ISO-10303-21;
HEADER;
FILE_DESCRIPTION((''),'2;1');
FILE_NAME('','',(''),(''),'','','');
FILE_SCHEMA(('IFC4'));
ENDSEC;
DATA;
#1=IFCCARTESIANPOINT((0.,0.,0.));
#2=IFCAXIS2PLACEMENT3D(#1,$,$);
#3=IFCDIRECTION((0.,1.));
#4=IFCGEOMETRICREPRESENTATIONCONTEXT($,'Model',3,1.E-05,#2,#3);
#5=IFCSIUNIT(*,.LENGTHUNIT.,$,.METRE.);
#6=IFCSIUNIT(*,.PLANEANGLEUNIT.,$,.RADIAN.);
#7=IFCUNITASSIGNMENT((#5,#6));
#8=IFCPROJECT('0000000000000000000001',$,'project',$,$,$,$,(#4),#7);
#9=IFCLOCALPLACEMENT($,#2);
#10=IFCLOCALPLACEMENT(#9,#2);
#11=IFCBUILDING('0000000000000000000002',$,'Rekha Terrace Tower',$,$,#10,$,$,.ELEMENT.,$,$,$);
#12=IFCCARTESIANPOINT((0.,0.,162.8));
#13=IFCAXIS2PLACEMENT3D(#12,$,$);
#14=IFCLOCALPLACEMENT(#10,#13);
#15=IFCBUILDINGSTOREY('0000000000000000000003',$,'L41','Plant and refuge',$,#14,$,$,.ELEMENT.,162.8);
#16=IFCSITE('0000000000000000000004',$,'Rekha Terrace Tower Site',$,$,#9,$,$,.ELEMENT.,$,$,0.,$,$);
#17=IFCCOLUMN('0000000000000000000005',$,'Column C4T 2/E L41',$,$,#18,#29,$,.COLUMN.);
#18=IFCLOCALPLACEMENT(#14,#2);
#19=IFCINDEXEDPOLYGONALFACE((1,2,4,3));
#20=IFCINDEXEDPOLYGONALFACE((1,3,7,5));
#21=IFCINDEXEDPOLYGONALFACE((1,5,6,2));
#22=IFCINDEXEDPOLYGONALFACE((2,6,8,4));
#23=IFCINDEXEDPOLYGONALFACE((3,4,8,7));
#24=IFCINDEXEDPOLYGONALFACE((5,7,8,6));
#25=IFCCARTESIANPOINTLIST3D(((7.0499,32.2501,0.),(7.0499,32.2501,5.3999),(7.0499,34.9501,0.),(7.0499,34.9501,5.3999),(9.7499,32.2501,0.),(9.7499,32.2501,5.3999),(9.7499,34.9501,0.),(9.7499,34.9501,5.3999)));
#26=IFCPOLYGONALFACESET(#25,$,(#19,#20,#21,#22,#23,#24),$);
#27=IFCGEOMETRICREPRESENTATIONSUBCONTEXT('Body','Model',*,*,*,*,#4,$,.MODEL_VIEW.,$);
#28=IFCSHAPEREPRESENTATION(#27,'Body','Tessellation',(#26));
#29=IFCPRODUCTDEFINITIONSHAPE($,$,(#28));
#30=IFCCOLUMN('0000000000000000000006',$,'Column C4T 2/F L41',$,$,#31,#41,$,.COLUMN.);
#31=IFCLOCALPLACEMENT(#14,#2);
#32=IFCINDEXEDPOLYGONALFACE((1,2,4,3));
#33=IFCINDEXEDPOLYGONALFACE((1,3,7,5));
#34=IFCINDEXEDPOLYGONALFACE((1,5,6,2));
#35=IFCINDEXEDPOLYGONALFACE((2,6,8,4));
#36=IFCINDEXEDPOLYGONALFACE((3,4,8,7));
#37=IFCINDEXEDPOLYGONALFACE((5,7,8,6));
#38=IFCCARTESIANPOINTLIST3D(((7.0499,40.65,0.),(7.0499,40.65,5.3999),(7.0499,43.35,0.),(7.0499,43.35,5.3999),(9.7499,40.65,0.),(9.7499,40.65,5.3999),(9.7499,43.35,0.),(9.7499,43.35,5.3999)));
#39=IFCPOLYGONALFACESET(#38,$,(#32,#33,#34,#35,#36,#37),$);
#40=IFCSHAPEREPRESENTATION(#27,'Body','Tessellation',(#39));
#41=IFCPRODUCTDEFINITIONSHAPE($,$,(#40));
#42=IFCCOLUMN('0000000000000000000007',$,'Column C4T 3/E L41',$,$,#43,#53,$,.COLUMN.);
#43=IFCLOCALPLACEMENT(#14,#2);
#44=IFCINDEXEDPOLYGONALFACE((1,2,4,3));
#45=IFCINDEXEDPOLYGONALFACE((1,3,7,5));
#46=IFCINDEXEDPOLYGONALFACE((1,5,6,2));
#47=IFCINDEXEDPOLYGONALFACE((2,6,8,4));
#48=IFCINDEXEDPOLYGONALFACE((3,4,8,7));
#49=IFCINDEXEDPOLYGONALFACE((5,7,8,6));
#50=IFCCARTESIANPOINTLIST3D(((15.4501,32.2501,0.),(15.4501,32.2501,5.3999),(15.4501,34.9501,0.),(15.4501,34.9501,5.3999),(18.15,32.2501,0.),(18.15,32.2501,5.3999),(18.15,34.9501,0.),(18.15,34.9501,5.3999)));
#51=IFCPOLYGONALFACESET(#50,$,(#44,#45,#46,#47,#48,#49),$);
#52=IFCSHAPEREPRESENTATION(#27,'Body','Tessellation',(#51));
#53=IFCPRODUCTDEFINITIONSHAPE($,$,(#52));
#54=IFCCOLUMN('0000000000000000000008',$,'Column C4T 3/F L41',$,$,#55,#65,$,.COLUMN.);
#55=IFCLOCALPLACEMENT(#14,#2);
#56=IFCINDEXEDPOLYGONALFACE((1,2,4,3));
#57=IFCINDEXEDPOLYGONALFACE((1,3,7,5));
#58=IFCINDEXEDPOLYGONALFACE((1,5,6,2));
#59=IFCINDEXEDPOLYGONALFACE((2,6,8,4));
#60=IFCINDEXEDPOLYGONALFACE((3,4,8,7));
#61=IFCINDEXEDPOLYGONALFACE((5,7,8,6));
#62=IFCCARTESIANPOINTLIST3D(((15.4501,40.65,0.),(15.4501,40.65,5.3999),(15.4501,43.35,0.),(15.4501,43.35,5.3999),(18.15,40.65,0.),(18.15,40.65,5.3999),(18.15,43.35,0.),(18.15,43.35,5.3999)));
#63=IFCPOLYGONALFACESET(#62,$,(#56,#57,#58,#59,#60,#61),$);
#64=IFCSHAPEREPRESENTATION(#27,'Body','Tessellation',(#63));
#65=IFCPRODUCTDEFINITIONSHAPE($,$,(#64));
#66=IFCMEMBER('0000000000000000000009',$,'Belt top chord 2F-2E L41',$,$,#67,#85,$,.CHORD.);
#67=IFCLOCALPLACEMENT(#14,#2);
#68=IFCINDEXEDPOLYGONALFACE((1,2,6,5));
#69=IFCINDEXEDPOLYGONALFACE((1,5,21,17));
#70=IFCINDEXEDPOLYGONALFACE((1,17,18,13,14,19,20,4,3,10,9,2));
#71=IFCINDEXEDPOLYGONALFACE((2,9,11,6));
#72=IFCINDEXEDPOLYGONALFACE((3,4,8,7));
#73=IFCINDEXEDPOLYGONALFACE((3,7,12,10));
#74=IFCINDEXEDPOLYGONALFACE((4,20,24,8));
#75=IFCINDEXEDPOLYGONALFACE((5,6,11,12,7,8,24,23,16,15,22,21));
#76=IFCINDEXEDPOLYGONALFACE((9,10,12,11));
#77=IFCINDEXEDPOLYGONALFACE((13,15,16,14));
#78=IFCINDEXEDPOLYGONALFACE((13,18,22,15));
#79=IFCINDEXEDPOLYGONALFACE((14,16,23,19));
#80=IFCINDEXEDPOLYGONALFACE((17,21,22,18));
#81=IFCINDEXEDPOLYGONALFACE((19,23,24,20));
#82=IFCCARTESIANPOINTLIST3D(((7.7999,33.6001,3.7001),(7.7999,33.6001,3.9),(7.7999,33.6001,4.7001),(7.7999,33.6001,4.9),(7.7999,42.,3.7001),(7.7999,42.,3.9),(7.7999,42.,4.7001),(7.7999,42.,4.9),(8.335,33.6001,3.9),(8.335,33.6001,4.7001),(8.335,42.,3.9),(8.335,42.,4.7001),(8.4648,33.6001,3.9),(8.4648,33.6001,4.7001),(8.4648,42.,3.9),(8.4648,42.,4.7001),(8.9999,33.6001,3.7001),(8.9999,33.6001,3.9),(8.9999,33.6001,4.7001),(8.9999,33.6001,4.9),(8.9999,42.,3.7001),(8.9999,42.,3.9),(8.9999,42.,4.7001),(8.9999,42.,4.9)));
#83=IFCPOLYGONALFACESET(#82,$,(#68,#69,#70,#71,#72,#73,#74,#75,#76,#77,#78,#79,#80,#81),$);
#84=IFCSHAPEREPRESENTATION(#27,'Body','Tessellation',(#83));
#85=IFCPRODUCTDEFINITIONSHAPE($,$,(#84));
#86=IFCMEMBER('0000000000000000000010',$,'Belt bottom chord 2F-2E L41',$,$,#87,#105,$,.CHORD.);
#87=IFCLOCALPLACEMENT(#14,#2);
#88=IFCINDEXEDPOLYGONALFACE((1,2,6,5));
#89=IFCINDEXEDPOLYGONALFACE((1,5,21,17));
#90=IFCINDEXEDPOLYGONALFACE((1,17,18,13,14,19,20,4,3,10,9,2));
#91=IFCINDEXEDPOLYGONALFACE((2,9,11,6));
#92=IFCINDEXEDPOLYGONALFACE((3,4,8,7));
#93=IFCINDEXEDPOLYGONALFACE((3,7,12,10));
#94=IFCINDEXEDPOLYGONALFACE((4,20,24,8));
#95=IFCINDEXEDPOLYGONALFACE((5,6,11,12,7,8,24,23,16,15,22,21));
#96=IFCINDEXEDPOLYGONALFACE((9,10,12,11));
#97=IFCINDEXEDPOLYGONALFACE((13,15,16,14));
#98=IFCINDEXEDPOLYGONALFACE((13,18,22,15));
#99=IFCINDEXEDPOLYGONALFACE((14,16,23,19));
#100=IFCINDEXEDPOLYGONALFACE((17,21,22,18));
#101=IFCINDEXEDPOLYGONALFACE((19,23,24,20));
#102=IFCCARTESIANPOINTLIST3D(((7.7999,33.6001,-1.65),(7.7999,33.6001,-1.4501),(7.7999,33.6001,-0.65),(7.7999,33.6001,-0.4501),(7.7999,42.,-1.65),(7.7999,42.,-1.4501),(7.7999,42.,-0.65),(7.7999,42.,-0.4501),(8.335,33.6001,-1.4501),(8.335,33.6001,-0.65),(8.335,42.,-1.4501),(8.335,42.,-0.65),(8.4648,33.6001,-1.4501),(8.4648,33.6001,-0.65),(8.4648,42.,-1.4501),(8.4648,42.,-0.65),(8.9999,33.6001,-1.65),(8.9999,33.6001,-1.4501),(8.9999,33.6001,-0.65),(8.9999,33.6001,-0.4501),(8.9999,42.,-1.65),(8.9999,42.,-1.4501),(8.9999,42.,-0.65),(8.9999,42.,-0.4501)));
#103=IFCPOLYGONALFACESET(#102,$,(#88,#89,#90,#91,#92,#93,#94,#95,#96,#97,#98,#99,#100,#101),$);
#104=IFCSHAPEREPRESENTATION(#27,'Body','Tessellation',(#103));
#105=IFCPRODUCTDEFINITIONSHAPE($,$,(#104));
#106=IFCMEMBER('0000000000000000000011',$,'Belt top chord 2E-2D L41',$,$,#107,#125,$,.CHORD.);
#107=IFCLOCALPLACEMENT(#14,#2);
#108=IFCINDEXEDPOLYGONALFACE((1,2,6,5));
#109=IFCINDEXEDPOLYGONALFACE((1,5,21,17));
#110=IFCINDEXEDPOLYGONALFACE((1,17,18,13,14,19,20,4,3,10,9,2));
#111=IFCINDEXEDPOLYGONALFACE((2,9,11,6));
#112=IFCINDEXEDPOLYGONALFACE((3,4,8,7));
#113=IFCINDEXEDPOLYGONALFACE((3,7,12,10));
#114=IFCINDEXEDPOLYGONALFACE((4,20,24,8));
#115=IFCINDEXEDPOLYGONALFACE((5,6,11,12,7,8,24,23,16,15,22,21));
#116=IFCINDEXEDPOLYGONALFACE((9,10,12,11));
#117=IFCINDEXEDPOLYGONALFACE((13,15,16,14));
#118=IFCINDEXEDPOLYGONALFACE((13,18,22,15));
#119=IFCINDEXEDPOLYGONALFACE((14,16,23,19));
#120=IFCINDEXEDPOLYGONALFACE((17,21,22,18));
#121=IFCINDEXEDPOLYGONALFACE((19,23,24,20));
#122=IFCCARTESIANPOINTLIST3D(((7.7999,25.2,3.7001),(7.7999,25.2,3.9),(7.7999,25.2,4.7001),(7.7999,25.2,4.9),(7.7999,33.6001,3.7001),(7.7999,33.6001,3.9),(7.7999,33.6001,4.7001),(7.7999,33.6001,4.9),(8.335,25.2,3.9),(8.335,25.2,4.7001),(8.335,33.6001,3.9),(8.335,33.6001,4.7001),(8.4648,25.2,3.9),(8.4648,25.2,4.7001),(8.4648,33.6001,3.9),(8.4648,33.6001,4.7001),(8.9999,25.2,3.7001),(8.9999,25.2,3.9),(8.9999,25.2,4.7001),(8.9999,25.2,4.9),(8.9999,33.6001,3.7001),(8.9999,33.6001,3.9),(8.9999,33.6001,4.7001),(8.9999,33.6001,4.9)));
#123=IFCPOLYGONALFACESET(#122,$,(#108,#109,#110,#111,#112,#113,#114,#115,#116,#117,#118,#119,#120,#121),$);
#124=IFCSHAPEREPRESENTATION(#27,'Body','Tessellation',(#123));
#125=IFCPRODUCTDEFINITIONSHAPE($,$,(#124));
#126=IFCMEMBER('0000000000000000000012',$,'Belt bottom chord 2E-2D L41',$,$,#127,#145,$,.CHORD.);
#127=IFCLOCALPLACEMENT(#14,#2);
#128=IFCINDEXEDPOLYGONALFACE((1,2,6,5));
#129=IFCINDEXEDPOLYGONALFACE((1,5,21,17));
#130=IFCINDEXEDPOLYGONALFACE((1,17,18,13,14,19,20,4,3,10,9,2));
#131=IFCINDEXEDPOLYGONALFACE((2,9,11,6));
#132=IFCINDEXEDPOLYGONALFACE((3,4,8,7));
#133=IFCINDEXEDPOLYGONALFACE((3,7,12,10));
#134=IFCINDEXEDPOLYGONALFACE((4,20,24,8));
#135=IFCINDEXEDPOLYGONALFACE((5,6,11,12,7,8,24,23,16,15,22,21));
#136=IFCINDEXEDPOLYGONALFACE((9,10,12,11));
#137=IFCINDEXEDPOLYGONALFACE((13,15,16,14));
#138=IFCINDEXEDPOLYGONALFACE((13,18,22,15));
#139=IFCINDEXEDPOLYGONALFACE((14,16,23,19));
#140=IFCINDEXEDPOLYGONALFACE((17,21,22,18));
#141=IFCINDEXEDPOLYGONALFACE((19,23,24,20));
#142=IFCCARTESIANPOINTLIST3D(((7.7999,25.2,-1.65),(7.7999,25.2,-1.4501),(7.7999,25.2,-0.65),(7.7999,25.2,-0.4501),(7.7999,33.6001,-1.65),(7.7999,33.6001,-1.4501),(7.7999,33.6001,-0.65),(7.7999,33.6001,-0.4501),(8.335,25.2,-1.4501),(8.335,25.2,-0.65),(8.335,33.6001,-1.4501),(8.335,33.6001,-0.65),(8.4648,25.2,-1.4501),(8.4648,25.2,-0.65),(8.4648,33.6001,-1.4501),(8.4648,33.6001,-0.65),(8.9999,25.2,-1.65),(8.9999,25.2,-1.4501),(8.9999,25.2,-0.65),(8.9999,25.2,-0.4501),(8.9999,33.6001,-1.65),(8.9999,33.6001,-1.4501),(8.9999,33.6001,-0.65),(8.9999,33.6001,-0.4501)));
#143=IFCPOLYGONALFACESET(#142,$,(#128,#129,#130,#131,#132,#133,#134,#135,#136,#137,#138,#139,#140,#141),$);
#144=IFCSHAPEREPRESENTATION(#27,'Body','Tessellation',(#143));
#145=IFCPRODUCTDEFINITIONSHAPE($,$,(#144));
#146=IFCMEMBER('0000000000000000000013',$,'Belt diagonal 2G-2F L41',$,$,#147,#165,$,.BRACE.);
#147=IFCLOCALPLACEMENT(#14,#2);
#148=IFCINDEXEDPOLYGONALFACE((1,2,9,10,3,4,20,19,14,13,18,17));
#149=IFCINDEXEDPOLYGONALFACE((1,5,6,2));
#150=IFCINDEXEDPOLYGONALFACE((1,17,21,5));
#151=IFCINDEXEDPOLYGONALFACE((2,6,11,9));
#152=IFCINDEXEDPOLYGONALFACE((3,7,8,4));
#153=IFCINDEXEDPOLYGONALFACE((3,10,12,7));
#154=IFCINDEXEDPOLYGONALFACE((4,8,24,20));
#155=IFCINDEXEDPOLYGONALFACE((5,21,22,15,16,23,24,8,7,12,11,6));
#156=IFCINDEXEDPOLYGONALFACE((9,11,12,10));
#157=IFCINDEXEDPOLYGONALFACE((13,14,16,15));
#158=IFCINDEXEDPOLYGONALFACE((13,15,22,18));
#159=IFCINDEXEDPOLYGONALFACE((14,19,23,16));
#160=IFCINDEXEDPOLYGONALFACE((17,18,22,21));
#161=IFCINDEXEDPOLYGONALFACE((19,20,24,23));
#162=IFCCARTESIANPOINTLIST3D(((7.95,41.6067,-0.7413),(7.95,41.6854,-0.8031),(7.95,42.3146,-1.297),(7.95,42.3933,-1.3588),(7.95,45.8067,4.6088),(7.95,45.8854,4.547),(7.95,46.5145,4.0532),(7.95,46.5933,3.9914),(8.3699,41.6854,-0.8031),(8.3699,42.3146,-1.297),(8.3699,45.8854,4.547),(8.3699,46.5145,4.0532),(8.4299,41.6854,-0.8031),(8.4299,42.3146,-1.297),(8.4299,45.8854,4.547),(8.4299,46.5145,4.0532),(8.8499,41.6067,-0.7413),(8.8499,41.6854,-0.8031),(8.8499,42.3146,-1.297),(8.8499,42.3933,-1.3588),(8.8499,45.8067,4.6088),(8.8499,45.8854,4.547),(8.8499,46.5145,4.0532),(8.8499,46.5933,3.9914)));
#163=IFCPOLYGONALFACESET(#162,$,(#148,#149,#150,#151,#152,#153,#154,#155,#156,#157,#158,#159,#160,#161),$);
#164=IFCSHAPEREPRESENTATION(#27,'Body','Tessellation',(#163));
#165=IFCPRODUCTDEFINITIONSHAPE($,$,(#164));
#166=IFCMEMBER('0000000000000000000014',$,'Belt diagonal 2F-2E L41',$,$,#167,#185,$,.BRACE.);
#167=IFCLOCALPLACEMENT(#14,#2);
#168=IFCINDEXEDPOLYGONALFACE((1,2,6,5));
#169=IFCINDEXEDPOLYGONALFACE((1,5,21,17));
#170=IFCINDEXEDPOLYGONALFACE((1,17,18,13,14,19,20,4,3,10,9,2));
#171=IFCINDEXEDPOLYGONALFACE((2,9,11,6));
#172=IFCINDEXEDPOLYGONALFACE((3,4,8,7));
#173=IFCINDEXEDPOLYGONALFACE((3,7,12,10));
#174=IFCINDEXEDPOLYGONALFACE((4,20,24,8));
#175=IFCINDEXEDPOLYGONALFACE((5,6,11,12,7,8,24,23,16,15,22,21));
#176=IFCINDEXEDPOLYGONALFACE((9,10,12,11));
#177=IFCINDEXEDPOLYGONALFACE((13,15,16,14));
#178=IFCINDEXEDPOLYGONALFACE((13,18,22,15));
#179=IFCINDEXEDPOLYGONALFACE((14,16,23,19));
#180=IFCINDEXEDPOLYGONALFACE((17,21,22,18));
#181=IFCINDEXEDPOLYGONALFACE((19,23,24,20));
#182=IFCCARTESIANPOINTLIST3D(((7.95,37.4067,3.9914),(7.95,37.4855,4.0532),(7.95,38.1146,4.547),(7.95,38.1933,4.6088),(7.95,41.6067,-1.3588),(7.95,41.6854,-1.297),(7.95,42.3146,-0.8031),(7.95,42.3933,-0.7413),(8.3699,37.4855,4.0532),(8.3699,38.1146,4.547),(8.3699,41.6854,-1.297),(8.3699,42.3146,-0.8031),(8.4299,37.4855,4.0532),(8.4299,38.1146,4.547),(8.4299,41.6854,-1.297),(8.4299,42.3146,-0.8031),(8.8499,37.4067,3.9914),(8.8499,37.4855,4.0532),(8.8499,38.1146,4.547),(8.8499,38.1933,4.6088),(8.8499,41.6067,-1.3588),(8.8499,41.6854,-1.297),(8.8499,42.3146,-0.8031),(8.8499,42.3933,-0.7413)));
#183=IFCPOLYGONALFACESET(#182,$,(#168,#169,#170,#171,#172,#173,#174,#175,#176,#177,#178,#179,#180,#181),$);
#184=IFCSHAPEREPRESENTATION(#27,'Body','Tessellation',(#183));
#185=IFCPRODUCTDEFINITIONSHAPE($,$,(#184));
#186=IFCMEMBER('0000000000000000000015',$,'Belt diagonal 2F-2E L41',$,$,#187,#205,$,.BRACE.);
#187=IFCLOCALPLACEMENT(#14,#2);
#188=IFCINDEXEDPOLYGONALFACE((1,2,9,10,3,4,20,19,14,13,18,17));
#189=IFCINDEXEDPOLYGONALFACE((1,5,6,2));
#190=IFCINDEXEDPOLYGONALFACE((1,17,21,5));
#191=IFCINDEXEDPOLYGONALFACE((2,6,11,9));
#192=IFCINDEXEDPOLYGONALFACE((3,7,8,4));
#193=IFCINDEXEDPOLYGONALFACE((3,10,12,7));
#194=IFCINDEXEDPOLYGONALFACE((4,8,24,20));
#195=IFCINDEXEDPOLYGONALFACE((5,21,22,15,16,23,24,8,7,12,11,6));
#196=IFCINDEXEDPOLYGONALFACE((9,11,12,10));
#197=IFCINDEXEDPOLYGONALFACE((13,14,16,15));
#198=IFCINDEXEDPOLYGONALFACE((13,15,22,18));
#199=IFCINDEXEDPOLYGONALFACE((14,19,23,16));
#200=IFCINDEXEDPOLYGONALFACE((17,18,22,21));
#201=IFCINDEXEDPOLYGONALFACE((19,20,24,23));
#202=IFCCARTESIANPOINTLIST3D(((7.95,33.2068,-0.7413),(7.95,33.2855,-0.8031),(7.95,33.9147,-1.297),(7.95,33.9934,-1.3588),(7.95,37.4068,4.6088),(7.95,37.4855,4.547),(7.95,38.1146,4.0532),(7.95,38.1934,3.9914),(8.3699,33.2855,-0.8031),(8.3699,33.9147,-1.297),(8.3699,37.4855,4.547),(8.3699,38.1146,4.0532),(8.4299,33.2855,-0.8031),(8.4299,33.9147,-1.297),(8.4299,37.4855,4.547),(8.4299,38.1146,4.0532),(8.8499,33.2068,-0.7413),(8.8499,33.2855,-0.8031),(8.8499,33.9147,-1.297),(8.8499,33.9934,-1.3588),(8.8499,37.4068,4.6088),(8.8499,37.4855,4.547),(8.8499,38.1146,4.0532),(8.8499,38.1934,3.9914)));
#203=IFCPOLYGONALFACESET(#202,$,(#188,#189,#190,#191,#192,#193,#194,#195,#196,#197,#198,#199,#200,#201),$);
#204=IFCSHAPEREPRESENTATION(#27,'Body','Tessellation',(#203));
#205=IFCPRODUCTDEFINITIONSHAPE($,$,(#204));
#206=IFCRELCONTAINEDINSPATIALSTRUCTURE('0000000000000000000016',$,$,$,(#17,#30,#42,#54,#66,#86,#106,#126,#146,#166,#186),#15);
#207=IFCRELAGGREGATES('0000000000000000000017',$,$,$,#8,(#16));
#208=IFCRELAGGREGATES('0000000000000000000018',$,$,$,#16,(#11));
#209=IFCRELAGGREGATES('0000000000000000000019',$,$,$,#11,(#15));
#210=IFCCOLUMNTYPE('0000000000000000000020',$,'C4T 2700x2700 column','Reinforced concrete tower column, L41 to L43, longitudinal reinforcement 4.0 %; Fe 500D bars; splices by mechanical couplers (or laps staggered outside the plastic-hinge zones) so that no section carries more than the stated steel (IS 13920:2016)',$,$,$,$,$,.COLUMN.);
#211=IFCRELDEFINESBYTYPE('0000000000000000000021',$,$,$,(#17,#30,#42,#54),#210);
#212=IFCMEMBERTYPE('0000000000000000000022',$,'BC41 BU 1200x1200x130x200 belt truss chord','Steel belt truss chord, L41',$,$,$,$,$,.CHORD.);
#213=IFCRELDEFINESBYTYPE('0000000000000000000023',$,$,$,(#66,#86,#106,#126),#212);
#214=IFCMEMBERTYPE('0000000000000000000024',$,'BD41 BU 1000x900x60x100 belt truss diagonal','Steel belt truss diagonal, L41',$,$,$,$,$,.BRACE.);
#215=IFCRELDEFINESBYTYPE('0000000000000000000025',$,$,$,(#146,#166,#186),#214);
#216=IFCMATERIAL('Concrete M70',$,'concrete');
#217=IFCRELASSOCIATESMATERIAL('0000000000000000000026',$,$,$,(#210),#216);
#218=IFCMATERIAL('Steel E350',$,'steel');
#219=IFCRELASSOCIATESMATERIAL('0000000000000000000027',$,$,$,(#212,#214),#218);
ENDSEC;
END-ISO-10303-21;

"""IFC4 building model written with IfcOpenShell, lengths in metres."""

from ifc_helpers import new_model, si_unit, direction, frame, origin, origin_2d, place, context, subcontext, project, spatial, rectangle, i_section, extrude, material, material_profile, profile_set, type_object, element, save


model = new_model("IFC4")

# Units and contexts
model_context = context("Model", 3, precision=1e-05, world=origin(), true_north=direction((0.0, 1.0)))
body_context = subcontext(model_context, "Body", "Model", "MODEL_VIEW")
ifc_project = project(units=[si_unit("LENGTHUNIT", "METRE"), si_unit("PLANEANGLEUNIT", "RADIAN")], contexts=[model_context])

# Site, building, storey
site_placement = place(None, origin())
site = spatial("IfcSite", under=ifc_project, at=site_placement, Name="Rekha Terrace Tower Site", CompositionType="ELEMENT", RefElevation=0.0)
building_placement = place(site_placement, origin())
building = spatial("IfcBuilding", under=site, at=building_placement, Name="Rekha Terrace Tower", CompositionType="ELEMENT")
storey_placement = place(building_placement, frame((0.0, 0.0, 162.8)))
storey = spatial("IfcBuildingStorey", under=building, at=storey_placement, Name="L41", Description="Plant and refuge", CompositionType="ELEMENT", Elevation=162.8)

# Columns
ifc_material_1 = material(Name="Concrete M70", Category="concrete")
ifc_material_profile_1 = material_profile(ifc_material_1, rectangle(XDim=2.7, YDim=2.7, at=origin_2d()), Name="RC 2700x2700")
ifc_profile_set_1 = profile_set([ifc_material_profile_1], Name="Concrete M70")
column_type = type_object("IfcColumnType", Name="C4T 2700x2700 column", Description="Reinforced concrete tower column, L41 to L43, longitudinal reinforcement 4.0 %; Fe 500D bars; splices by mechanical couplers (or laps staggered outside the plastic-hinge zones) so that no section carries more than the stated steel (IS 13920:2016)", PredefinedType="COLUMN", material=ifc_profile_set_1)
for number, where, z_axis, x_axis, name in (
    (1, (8.3999, 33.6001, 0.0), (0.0, 0.0, 1.0), (1.0, 0.0, 0.0), "Column C4T 2/E L41"),
    (2, (8.3999, 42.0, 0.0), (0.0, 0.0, 1.0), (1.0, 0.0, 0.0), "Column C4T 2/F L41"),
    (3, (16.8, 33.6001, 0.0), (0.0, 0.0, 1.0), (1.0, 0.0, 0.0), "Column C4T 3/E L41"),
    (4, (16.8, 42.0, 0.0), (0.0, 0.0, 1.0), (1.0, 0.0, 0.0), "Column C4T 3/F L41"),
):
    element("IfcColumn", number, at=place(storey_placement, frame(where, z_axis=z_axis, x_axis=x_axis)), inside=storey, type_object=column_type, Name=name, PredefinedType="COLUMN", context=body_context, shape_type="SweptSolid", body=[
        extrude(rectangle(XDim=2.7, YDim=2.7, at=origin_2d()), origin(), (0.0, 0.0, 1.0), 5.3999),
    ])

# Members
ifc_material_2 = material(Name="Steel E350", Category="steel")
ifc_material_profile_2 = material_profile(ifc_material_2, i_section(OverallWidth=1.2, OverallDepth=1.2, WebThickness=0.1299, FlangeThickness=0.2, at=origin_2d()), Name="BU 1200x1200x130x200")
ifc_profile_set_2 = profile_set([ifc_material_profile_2], Name="Steel E350")
member_type_1 = type_object("IfcMemberType", Name="BC41 BU 1200x1200x130x200 belt truss chord", Description="Steel belt truss chord, L41", PredefinedType="CHORD", material=ifc_profile_set_2)
for number, where, z_axis, x_axis, name in (
    (5, (8.3999, 42.0, 4.3), (0.0, -1.0, 0.0), (1.0, 0.0, 0.0), "Belt top chord 2F-2E L41"),
    (6, (8.3999, 42.0, -1.05), (0.0, -1.0, 0.0), (1.0, 0.0, 0.0), "Belt bottom chord 2F-2E L41"),
):
    element("IfcMember", number, at=place(storey_placement, frame(where, z_axis=z_axis, x_axis=x_axis)), inside=storey, type_object=member_type_1, Name=name, PredefinedType="CHORD", context=body_context, shape_type="SweptSolid", body=[
        extrude(i_section(OverallWidth=1.2, OverallDepth=1.2, WebThickness=0.1299, FlangeThickness=0.2, at=origin_2d()), origin(), (0.0, 0.0, 1.0), 8.3999),
    ])
for number, where, z_axis, x_axis, name in (
    (7, (8.3999, 33.6001, 4.3), (0.0, -1.0, 0.0), (1.0, 0.0, 0.0), "Belt top chord 2E-2D L41"),
    (8, (8.3999, 33.6001, -1.05), (0.0, -1.0, 0.0), (1.0, 0.0, 0.0), "Belt bottom chord 2E-2D L41"),
):
    element("IfcMember", number, at=place(storey_placement, frame(where, z_axis=z_axis, x_axis=x_axis)), inside=storey, type_object=member_type_1, Name=name, PredefinedType="CHORD", context=body_context, shape_type="SweptSolid", body=[
        extrude(i_section(OverallWidth=1.2, OverallDepth=1.2, WebThickness=0.1299, FlangeThickness=0.2, at=origin_2d()), origin(), (0.0, 0.0, 1.0), 8.4001),
    ])
ifc_material_profile_3 = material_profile(ifc_material_2, i_section(OverallWidth=0.8999, OverallDepth=1.0, WebThickness=0.0601, FlangeThickness=0.1001, at=origin_2d()), Name="BU 1000x900x60x100")
ifc_profile_set_3 = profile_set([ifc_material_profile_3], Name="Steel E350")
member_type_2 = type_object("IfcMemberType", Name="BD41 BU 1000x900x60x100 belt truss diagonal", Description="Steel belt truss diagonal, L41", PredefinedType="BRACE", material=ifc_profile_set_3)
for number, where, z_axis, x_axis, name in (
    (9, (8.3999, 42.0, -1.05), (0.0, 0.617485, 0.786582), (-1.0, 0.0, 0.0), "Belt diagonal 2G-2F L41"),
    (10, (8.3999, 42.0, -1.05), (0.0, -0.617485, 0.786582), (1.0, 0.0, 0.0), "Belt diagonal 2F-2E L41"),
    (11, (8.3999, 33.6001, -1.05), (0.0, 0.617485, 0.786582), (-1.0, 0.0, 0.0), "Belt diagonal 2F-2E L41"),
):
    element("IfcMember", number, at=place(storey_placement, frame(where, z_axis=z_axis, x_axis=x_axis)), inside=storey, type_object=member_type_2, Name=name, PredefinedType="BRACE", context=body_context, shape_type="SweptSolid", body=[
        extrude(i_section(OverallWidth=0.8999, OverallDepth=1.0, WebThickness=0.0601, FlangeThickness=0.1001, at=origin_2d()), origin(), (0.0, 0.0, 1.0), 6.8018),
    ])

save(model, "model.ifc")
